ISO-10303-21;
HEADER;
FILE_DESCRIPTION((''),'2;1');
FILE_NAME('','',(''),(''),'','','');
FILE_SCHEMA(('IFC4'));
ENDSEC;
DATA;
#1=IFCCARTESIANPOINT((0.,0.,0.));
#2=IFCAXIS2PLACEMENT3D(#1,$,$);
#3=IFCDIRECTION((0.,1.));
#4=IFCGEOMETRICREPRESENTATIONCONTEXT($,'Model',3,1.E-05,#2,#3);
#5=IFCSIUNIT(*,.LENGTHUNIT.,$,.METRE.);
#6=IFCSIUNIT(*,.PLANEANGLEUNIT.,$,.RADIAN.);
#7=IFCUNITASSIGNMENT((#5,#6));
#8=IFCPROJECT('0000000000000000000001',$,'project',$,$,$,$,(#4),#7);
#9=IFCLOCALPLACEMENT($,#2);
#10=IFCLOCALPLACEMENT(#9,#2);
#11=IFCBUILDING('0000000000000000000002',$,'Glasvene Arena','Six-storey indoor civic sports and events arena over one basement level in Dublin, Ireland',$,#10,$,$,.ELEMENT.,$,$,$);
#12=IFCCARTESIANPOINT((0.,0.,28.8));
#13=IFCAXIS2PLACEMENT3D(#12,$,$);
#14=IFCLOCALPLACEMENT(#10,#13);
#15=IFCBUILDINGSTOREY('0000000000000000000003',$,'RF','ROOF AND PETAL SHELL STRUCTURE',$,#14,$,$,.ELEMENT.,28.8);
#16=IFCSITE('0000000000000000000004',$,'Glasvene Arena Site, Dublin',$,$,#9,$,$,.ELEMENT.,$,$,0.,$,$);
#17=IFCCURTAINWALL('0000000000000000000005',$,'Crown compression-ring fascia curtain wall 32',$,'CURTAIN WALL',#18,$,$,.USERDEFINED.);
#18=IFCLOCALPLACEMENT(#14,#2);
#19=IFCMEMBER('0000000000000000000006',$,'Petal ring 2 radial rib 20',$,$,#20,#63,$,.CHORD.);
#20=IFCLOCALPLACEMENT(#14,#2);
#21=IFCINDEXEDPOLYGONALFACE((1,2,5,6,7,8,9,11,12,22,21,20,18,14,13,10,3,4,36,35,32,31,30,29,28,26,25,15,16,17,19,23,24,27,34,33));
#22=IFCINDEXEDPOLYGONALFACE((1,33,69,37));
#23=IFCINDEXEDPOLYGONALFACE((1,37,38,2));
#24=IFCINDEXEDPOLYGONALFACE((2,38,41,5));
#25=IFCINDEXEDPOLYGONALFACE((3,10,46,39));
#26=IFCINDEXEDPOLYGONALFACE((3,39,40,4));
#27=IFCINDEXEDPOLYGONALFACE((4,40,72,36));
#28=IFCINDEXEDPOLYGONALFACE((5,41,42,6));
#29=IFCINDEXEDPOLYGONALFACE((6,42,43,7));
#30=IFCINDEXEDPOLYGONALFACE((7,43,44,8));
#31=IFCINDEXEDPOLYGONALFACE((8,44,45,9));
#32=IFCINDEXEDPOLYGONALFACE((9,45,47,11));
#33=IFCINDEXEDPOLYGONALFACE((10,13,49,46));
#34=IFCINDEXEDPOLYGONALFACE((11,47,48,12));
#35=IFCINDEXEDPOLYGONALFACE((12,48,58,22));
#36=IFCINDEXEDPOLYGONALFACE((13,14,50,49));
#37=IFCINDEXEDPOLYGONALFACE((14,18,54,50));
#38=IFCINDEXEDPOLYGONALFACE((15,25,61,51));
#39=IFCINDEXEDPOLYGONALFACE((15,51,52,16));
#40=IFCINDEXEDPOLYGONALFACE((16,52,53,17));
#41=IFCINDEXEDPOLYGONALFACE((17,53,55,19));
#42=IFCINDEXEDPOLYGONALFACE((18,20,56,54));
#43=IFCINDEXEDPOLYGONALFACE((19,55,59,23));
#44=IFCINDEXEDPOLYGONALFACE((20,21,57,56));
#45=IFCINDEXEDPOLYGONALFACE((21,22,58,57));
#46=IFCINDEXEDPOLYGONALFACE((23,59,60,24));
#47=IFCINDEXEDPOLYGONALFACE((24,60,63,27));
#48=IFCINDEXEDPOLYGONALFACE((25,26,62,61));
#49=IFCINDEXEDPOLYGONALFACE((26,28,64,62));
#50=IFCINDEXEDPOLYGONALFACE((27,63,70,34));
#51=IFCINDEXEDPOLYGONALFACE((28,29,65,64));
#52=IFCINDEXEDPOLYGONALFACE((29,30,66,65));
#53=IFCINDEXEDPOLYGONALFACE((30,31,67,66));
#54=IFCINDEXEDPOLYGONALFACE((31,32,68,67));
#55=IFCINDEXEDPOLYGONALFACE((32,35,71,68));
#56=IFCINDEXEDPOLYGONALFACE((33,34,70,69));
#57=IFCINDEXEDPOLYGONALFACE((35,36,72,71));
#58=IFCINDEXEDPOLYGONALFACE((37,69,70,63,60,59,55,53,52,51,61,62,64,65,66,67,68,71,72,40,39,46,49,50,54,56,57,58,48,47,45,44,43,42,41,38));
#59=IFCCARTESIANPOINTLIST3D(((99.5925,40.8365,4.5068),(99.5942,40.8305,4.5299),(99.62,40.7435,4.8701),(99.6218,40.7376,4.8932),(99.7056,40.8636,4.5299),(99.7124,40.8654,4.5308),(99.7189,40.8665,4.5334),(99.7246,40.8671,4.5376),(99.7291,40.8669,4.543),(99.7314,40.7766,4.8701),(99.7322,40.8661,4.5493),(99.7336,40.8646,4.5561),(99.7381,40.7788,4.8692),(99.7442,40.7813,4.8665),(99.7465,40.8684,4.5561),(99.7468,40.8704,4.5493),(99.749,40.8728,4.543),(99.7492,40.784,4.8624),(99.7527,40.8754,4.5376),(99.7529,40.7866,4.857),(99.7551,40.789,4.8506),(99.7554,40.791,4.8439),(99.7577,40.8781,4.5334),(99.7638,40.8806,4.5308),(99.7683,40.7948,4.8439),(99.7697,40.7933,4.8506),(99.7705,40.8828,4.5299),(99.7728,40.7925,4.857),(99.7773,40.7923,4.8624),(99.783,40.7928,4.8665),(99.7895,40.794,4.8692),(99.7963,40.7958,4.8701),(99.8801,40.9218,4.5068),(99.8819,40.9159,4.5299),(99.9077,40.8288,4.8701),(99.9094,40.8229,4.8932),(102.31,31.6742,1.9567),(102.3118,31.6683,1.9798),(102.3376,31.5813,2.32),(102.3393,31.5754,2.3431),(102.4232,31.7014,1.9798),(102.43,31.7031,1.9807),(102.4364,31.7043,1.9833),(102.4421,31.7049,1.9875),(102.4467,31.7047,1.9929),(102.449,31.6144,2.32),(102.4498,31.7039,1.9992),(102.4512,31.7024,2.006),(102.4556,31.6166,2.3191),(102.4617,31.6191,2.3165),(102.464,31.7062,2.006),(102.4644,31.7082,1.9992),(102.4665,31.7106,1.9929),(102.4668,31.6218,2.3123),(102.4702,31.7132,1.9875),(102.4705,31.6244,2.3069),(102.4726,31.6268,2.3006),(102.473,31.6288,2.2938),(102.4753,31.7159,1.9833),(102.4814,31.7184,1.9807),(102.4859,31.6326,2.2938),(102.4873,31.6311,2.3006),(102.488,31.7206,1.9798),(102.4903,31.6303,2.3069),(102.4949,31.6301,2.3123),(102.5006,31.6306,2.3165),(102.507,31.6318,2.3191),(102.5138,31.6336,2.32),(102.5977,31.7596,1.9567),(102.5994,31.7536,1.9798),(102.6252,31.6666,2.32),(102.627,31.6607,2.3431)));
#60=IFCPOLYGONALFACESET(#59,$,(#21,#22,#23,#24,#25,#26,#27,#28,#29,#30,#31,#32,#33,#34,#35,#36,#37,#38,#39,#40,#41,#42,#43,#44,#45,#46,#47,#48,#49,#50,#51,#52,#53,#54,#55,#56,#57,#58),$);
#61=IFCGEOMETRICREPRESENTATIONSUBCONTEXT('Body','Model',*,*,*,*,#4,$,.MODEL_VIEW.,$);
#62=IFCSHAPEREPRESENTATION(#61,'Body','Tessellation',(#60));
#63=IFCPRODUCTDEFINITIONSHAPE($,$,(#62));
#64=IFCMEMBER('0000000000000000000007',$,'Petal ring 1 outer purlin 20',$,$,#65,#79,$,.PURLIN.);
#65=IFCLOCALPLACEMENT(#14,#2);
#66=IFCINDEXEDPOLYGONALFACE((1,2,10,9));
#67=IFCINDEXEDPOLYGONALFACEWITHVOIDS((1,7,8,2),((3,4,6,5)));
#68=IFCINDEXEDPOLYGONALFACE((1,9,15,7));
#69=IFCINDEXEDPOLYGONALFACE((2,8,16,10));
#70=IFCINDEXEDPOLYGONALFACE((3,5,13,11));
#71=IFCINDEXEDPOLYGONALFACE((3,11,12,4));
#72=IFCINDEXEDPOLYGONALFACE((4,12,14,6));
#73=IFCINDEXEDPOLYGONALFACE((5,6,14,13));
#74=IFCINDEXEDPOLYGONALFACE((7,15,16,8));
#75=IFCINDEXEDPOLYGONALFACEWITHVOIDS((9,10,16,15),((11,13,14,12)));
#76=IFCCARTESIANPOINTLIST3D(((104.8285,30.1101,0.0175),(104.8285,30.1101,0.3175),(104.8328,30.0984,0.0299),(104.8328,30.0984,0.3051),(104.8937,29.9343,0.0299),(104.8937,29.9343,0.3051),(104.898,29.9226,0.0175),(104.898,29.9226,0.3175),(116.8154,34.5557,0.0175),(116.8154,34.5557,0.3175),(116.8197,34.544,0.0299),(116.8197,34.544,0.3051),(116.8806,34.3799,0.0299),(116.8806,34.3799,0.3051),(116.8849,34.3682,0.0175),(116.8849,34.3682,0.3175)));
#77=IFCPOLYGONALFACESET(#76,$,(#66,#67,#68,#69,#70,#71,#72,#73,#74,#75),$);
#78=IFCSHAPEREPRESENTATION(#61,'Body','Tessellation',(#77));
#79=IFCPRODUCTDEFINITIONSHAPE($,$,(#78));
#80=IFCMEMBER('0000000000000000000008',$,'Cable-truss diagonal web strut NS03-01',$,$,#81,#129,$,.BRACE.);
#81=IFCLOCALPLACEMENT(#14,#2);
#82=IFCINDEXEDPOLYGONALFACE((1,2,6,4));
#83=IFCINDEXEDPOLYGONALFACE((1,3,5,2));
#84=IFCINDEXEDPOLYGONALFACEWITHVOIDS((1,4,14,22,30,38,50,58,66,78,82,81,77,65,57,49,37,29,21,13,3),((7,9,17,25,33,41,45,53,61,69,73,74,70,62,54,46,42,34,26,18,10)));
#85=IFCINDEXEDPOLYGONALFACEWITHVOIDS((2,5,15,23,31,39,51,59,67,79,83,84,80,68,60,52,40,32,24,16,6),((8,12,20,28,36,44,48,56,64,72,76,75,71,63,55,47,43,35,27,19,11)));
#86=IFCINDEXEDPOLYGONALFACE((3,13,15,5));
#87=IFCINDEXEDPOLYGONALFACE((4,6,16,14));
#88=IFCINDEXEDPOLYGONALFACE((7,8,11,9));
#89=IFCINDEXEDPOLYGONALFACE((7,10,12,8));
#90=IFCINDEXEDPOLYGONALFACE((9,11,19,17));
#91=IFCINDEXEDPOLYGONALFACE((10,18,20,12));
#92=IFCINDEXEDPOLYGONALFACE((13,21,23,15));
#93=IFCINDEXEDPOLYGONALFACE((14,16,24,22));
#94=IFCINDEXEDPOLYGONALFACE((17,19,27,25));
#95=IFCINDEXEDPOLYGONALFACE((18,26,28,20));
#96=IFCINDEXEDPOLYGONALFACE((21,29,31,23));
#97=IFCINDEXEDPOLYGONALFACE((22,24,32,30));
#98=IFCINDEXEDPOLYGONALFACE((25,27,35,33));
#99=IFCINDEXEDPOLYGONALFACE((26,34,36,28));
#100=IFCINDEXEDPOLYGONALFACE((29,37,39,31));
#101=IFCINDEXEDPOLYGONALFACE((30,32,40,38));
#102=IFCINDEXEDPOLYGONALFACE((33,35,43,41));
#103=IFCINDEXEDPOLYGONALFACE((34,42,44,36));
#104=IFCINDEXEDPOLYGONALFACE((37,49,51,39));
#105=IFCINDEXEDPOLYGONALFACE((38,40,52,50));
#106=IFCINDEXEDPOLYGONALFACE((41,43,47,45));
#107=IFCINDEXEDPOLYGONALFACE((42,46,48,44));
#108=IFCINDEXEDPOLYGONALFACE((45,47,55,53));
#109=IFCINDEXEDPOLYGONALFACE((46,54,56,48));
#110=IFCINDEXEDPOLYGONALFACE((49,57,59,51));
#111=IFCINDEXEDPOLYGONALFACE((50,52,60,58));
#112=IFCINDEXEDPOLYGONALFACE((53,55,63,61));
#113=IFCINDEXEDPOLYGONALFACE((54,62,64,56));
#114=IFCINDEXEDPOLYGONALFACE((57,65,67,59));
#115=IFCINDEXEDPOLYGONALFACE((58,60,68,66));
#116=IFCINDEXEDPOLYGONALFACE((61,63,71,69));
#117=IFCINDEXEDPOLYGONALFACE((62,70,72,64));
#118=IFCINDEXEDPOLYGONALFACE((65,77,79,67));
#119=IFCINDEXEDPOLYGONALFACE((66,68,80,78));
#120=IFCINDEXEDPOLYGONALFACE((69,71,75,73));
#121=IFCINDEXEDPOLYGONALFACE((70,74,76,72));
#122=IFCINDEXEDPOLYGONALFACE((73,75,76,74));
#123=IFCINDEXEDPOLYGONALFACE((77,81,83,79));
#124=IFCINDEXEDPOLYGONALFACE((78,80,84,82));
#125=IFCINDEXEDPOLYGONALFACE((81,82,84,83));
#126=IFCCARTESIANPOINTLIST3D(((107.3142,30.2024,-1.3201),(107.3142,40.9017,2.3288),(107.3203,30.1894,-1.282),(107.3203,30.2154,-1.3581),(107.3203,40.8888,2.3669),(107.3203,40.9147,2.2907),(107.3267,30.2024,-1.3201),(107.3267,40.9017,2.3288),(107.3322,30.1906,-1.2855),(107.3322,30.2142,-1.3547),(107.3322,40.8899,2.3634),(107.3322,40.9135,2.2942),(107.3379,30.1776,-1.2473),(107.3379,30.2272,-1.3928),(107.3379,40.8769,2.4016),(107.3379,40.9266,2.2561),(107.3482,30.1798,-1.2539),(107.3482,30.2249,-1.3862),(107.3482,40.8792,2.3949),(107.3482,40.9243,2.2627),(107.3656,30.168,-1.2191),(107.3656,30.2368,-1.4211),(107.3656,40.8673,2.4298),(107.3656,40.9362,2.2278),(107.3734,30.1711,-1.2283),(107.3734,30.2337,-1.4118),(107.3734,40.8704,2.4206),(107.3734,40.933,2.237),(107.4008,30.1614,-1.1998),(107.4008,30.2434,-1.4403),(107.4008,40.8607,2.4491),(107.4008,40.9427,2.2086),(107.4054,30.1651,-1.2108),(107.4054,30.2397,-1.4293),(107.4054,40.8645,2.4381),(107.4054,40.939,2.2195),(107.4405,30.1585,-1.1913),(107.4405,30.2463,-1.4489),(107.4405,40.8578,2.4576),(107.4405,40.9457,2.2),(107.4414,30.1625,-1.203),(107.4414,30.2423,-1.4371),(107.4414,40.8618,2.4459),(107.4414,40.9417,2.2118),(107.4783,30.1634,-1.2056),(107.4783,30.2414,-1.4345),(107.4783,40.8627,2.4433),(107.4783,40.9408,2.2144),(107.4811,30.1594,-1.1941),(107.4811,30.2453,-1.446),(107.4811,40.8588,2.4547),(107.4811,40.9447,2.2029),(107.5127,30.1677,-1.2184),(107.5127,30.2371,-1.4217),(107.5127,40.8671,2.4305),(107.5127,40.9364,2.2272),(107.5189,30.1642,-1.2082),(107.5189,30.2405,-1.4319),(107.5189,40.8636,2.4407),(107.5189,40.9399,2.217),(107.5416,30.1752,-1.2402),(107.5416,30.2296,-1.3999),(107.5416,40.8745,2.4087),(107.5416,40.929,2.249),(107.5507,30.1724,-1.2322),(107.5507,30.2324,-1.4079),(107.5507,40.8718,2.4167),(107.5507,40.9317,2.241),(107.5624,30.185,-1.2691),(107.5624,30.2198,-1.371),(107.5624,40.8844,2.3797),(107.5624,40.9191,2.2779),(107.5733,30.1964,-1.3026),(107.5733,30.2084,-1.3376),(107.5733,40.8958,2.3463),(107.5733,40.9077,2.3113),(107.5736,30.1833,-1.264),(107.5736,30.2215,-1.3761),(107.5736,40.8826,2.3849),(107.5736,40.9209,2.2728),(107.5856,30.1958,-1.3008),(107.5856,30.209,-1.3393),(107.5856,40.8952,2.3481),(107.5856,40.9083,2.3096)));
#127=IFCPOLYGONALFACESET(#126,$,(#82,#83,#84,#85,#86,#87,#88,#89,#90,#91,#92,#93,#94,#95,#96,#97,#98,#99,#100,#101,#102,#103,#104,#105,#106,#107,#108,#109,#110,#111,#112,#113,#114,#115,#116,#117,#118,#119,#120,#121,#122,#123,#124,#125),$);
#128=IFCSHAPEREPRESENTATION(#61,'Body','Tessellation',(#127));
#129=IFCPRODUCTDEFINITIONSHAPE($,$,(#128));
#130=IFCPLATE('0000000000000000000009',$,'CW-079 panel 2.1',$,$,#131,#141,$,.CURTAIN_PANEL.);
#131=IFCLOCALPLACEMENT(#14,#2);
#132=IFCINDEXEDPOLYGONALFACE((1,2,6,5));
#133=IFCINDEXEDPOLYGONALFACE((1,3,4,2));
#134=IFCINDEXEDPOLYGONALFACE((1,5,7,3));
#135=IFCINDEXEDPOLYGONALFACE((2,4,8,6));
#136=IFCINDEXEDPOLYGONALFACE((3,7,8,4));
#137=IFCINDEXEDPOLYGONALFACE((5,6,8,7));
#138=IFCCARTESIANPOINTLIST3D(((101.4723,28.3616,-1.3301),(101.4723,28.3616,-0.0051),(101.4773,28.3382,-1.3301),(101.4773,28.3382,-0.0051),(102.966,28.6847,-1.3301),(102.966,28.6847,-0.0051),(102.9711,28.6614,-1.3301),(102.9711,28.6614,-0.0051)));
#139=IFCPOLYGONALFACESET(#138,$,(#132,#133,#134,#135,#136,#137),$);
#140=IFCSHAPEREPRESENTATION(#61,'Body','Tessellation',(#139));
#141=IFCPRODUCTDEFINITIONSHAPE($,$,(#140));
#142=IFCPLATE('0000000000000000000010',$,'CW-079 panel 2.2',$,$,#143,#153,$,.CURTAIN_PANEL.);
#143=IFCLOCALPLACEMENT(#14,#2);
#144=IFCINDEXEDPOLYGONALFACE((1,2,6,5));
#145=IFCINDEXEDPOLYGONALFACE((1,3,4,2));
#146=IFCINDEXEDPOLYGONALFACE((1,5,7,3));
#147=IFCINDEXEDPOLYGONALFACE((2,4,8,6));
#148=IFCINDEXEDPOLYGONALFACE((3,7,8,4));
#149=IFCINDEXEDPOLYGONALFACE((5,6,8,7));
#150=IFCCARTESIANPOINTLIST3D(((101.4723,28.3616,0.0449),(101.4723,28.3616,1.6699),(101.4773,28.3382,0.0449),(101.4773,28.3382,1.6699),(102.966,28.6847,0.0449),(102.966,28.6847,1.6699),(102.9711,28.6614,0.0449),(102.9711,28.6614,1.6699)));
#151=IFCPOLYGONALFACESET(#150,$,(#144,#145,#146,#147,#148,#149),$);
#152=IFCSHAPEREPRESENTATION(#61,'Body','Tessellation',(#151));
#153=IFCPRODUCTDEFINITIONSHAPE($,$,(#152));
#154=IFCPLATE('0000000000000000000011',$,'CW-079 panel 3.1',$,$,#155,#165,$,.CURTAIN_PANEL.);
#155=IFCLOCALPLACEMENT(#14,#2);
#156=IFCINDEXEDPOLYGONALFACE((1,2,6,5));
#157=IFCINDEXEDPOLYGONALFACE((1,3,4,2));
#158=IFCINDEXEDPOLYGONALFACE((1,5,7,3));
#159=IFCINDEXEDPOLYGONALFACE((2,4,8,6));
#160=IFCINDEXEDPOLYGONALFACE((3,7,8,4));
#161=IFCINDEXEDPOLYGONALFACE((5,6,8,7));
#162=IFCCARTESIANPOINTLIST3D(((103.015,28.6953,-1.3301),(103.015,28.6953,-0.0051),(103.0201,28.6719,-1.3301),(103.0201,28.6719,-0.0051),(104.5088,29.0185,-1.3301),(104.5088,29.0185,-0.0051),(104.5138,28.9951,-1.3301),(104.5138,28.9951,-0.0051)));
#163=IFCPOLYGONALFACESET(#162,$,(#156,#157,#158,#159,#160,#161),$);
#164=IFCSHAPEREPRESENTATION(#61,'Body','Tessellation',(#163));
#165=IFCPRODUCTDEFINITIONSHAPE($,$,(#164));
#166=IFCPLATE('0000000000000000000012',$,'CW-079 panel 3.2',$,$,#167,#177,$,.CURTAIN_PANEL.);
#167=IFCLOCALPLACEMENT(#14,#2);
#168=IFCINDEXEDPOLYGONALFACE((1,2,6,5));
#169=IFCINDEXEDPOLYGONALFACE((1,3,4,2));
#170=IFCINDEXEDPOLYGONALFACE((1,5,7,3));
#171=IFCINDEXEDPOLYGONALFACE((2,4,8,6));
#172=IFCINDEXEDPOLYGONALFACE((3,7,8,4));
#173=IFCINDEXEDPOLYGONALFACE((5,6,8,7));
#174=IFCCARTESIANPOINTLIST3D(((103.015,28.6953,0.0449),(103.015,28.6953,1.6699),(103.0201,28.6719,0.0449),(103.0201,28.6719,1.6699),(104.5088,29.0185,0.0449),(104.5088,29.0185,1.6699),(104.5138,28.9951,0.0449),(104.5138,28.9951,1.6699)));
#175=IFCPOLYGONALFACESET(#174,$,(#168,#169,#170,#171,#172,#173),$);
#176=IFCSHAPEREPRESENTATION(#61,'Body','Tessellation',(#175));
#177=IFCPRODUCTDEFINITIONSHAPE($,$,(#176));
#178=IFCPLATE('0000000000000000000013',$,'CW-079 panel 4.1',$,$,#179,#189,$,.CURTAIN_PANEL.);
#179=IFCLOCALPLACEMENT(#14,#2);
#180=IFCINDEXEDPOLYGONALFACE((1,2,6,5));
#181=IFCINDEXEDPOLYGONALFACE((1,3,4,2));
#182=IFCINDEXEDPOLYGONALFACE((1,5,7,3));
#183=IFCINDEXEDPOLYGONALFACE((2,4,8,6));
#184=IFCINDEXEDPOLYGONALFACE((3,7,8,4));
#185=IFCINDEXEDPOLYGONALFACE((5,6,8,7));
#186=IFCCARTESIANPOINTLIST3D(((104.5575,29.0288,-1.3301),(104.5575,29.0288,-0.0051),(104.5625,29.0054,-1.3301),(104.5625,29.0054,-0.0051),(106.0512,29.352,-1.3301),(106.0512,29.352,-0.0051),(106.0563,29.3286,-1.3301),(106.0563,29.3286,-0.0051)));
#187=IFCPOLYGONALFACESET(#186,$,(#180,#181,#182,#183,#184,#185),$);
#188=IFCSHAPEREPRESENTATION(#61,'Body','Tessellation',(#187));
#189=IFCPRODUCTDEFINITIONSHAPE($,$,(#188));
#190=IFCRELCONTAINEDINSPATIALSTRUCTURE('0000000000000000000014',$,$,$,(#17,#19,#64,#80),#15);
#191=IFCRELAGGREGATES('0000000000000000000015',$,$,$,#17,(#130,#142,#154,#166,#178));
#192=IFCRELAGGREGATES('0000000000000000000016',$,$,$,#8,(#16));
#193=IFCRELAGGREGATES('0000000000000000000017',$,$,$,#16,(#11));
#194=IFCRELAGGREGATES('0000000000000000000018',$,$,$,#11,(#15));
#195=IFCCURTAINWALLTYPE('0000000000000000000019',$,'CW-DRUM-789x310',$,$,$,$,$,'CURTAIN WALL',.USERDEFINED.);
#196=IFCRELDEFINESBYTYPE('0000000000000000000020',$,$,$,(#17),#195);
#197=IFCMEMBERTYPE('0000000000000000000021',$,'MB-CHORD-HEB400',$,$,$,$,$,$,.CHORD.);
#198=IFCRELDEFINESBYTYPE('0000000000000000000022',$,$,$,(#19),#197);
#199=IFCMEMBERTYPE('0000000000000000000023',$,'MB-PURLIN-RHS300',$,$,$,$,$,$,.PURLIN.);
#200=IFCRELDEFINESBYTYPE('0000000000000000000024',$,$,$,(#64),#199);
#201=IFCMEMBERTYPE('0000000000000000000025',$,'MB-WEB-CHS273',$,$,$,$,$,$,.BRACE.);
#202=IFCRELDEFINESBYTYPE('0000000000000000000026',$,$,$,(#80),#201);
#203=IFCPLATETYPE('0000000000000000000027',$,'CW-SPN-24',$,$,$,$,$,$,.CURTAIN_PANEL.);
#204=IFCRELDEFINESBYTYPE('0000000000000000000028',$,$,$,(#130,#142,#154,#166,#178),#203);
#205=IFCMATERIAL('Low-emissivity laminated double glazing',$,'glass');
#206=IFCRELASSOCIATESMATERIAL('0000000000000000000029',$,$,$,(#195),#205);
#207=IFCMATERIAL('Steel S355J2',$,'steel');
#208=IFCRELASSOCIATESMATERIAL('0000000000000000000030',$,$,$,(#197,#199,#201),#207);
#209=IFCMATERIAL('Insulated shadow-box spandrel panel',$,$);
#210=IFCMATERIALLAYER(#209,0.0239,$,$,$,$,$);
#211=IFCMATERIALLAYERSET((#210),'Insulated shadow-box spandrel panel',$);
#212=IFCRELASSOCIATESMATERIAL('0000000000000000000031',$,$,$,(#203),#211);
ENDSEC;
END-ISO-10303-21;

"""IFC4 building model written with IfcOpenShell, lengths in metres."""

from ifc_helpers import new_model, si_unit, direction, frame, origin, origin_2d, place, context, subcontext, project, spatial, rectangle, hollow_rectangle, hollow_circle, i_section, extrude, material, layer, layer_set, material_profile, profile_set, type_object, element, aggregate, save


model = new_model("IFC4")

# Units and contexts
model_context = context("Model", 3, precision=1e-05, world=origin(), true_north=direction((0.0, 1.0)))
body_context = subcontext(model_context, "Body", "Model", "MODEL_VIEW")
ifc_project = project(units=[si_unit("LENGTHUNIT", "METRE"), si_unit("PLANEANGLEUNIT", "RADIAN")], contexts=[model_context])

# Site, building, storey
site_placement = place(None, origin())
site = spatial("IfcSite", under=ifc_project, at=site_placement, Name="Glasvene Arena Site, Dublin", CompositionType="ELEMENT", RefElevation=0.0)
building_placement = place(site_placement, origin())
building = spatial("IfcBuilding", under=site, at=building_placement, Name="Glasvene Arena", Description="Six-storey indoor civic sports and events arena over one basement level in Dublin, Ireland", CompositionType="ELEMENT")
storey_placement = place(building_placement, frame((0.0, 0.0, 28.8)))
storey = spatial("IfcBuildingStorey", under=building, at=storey_placement, Name="RF", Description="ROOF AND PETAL SHELL STRUCTURE", CompositionType="ELEMENT", Elevation=28.8)

# Shared definitions
ifc_material_1 = material(Name="Steel S355J2", Category="steel")

# Curtain wall
ifc_material_2 = material(Name="Low-emissivity laminated double glazing", Category="glass")
curtain_wall_type_1 = type_object("IfcCurtainWallType", Name="CW-DRUM-789x310", ElementType="CURTAIN WALL", PredefinedType="USERDEFINED", material=ifc_material_2)
curtain_wall_1_placement = place(storey_placement, frame((99.9077, 28.0107, 0.0)))
curtain_wall_1 = element("IfcCurtainWall", 1, at=curtain_wall_1_placement, inside=storey, type_object=curtain_wall_type_1, Name="Crown compression-ring fascia curtain wall 32", ObjectType="CURTAIN WALL", PredefinedType="USERDEFINED")

# Members
ifc_material_profile_1 = material_profile(ifc_material_1, i_section(OverallWidth=0.3, OverallDepth=0.3999, WebThickness=0.0134, FlangeThickness=0.0239, FilletRadius=0.0271, at=origin_2d()), Name="HEB 400")
ifc_profile_set_1 = profile_set([ifc_material_profile_1], Name="Steel S355J2")
member_type_1 = type_object("IfcMemberType", Name="MB-CHORD-HEB400", PredefinedType="CHORD", material=ifc_profile_set_1)
member_1_placement = place(storey_placement, frame((102.4685, 31.6675, 2.1499), z_axis=(-0.274748, 0.926307, 0.257815), x_axis=(-0.958717, -0.284361, 0.0)))
element("IfcMember", 2, at=member_1_placement, inside=storey, type_object=member_type_1, Name="Petal ring 2 radial rib 20", PredefinedType="CHORD", context=body_context, shape_type="SweptSolid", body=[
    extrude(i_section(OverallWidth=0.3, OverallDepth=0.3999, WebThickness=0.0134, FlangeThickness=0.0239, FilletRadius=0.0271, at=origin_2d()), origin(), (0.0, 0.0, 1.0), 9.8911),
])
ifc_material_profile_2 = material_profile(ifc_material_1, hollow_rectangle(XDim=0.2, YDim=0.3, WallThickness=0.0125, at=origin_2d()), Name="RHS 300x200x12.5")
ifc_profile_set_2 = profile_set([ifc_material_profile_2], Name="Steel S355J2")
member_type_2 = type_object("IfcMemberType", Name="MB-PURLIN-RHS300", PredefinedType="PURLIN", material=ifc_profile_set_2)
member_2_placement = place(storey_placement, frame((104.8633, 30.0164, 0.1675), z_axis=(0.937596, 0.347727, 0.0), x_axis=(-0.347727, 0.937596, 0.0)))
element("IfcMember", 3, at=member_2_placement, inside=storey, type_object=member_type_2, Name="Petal ring 1 outer purlin 20", PredefinedType="PURLIN", context=body_context, shape_type="SweptSolid", body=[
    extrude(hollow_rectangle(XDim=0.2, YDim=0.3, WallThickness=0.0125, at=origin_2d()), origin(), (0.0, 0.0, 1.0), 12.7847),
])
ifc_material_profile_3 = material_profile(ifc_material_1, hollow_circle(Radius=0.1365, WallThickness=0.0125, at=origin_2d()), Name="CHS 273.0x12.5")
ifc_profile_set_3 = profile_set([ifc_material_profile_3], Name="Steel S355J2")
member_type_3 = type_object("IfcMemberType", Name="MB-WEB-CHS273", PredefinedType="BRACE", material=ifc_profile_set_3)
member_3_placement = place(storey_placement, frame((107.4507, 30.2024, -1.3201), z_axis=(0.0, 0.946473, 0.322783), x_axis=(-1.0, 0.0, 0.0)))
element("IfcMember", 4, at=member_3_placement, inside=storey, type_object=member_type_3, Name="Cable-truss diagonal web strut NS03-01", PredefinedType="BRACE", context=body_context, shape_type="SweptSolid", body=[
    extrude(hollow_circle(Radius=0.1365, WallThickness=0.0125, at=origin_2d()), origin(), (0.0, 0.0, 1.0), 11.3044),
])

# Plates
ifc_material_3 = material(Name="Insulated shadow-box spandrel panel")
ifc_layer_1 = layer(ifc_material_3, 0.0239)
ifc_layer_set_1 = layer_set([ifc_layer_1], Name="Insulated shadow-box spandrel panel")
plate_type_1 = type_object("IfcPlateType", Name="CW-SPN-24", PredefinedType="CURTAIN_PANEL", material=ifc_layer_set_1)
plate_1_placement = place(storey_placement, frame((102.2217, 28.5115, -1.3301), z_axis=(0.0, 0.0, 1.0), x_axis=(0.97739, 0.211445, 0.0)))
plate_1 = element("IfcPlate", 5, at=plate_1_placement, type_object=plate_type_1, Name="CW-079 panel 2.1", PredefinedType="CURTAIN_PANEL", context=body_context, shape_type="SweptSolid", body=[
    extrude(rectangle(XDim=1.5283, YDim=0.0239, at=origin_2d()), origin(), (0.0, 0.0, 1.0), 1.325),
])
plate_2_placement = place(storey_placement, frame((102.2217, 28.5115, 0.0449), z_axis=(0.0, 0.0, 1.0), x_axis=(0.97739, 0.211445, 0.0)))
plate_2 = element("IfcPlate", 6, at=plate_2_placement, type_object=plate_type_1, Name="CW-079 panel 2.2", PredefinedType="CURTAIN_PANEL", context=body_context, shape_type="SweptSolid", body=[
    extrude(rectangle(XDim=1.5283, YDim=0.0239, at=origin_2d()), origin(), (0.0, 0.0, 1.0), 1.625),
])
plate_3_placement = place(storey_placement, frame((103.7644, 28.8452, -1.3301), z_axis=(0.0, 0.0, 1.0), x_axis=(0.97739, 0.211445, 0.0)))
plate_3 = element("IfcPlate", 7, at=plate_3_placement, type_object=plate_type_1, Name="CW-079 panel 3.1", PredefinedType="CURTAIN_PANEL", context=body_context, shape_type="SweptSolid", body=[
    extrude(rectangle(XDim=1.5283, YDim=0.0239, at=origin_2d()), origin(), (0.0, 0.0, 1.0), 1.325),
])
plate_4_placement = place(storey_placement, frame((103.7644, 28.8452, 0.0449), z_axis=(0.0, 0.0, 1.0), x_axis=(0.97739, 0.211445, 0.0)))
plate_4 = element("IfcPlate", 8, at=plate_4_placement, type_object=plate_type_1, Name="CW-079 panel 3.2", PredefinedType="CURTAIN_PANEL", context=body_context, shape_type="SweptSolid", body=[
    extrude(rectangle(XDim=1.5283, YDim=0.0239, at=origin_2d()), origin(), (0.0, 0.0, 1.0), 1.625),
])
plate_5_placement = place(storey_placement, frame((105.3069, 29.1787, -1.3301), z_axis=(0.0, 0.0, 1.0), x_axis=(0.97739, 0.211445, 0.0)))
plate_5 = element("IfcPlate", 9, at=plate_5_placement, type_object=plate_type_1, Name="CW-079 panel 4.1", PredefinedType="CURTAIN_PANEL", context=body_context, shape_type="SweptSolid", body=[
    extrude(rectangle(XDim=1.5283, YDim=0.0239, at=origin_2d()), origin(), (0.0, 0.0, 1.0), 1.325),
])
aggregate(curtain_wall_1, [plate_1, plate_2, plate_3, plate_4, plate_5])

save(model, "model.ifc")
